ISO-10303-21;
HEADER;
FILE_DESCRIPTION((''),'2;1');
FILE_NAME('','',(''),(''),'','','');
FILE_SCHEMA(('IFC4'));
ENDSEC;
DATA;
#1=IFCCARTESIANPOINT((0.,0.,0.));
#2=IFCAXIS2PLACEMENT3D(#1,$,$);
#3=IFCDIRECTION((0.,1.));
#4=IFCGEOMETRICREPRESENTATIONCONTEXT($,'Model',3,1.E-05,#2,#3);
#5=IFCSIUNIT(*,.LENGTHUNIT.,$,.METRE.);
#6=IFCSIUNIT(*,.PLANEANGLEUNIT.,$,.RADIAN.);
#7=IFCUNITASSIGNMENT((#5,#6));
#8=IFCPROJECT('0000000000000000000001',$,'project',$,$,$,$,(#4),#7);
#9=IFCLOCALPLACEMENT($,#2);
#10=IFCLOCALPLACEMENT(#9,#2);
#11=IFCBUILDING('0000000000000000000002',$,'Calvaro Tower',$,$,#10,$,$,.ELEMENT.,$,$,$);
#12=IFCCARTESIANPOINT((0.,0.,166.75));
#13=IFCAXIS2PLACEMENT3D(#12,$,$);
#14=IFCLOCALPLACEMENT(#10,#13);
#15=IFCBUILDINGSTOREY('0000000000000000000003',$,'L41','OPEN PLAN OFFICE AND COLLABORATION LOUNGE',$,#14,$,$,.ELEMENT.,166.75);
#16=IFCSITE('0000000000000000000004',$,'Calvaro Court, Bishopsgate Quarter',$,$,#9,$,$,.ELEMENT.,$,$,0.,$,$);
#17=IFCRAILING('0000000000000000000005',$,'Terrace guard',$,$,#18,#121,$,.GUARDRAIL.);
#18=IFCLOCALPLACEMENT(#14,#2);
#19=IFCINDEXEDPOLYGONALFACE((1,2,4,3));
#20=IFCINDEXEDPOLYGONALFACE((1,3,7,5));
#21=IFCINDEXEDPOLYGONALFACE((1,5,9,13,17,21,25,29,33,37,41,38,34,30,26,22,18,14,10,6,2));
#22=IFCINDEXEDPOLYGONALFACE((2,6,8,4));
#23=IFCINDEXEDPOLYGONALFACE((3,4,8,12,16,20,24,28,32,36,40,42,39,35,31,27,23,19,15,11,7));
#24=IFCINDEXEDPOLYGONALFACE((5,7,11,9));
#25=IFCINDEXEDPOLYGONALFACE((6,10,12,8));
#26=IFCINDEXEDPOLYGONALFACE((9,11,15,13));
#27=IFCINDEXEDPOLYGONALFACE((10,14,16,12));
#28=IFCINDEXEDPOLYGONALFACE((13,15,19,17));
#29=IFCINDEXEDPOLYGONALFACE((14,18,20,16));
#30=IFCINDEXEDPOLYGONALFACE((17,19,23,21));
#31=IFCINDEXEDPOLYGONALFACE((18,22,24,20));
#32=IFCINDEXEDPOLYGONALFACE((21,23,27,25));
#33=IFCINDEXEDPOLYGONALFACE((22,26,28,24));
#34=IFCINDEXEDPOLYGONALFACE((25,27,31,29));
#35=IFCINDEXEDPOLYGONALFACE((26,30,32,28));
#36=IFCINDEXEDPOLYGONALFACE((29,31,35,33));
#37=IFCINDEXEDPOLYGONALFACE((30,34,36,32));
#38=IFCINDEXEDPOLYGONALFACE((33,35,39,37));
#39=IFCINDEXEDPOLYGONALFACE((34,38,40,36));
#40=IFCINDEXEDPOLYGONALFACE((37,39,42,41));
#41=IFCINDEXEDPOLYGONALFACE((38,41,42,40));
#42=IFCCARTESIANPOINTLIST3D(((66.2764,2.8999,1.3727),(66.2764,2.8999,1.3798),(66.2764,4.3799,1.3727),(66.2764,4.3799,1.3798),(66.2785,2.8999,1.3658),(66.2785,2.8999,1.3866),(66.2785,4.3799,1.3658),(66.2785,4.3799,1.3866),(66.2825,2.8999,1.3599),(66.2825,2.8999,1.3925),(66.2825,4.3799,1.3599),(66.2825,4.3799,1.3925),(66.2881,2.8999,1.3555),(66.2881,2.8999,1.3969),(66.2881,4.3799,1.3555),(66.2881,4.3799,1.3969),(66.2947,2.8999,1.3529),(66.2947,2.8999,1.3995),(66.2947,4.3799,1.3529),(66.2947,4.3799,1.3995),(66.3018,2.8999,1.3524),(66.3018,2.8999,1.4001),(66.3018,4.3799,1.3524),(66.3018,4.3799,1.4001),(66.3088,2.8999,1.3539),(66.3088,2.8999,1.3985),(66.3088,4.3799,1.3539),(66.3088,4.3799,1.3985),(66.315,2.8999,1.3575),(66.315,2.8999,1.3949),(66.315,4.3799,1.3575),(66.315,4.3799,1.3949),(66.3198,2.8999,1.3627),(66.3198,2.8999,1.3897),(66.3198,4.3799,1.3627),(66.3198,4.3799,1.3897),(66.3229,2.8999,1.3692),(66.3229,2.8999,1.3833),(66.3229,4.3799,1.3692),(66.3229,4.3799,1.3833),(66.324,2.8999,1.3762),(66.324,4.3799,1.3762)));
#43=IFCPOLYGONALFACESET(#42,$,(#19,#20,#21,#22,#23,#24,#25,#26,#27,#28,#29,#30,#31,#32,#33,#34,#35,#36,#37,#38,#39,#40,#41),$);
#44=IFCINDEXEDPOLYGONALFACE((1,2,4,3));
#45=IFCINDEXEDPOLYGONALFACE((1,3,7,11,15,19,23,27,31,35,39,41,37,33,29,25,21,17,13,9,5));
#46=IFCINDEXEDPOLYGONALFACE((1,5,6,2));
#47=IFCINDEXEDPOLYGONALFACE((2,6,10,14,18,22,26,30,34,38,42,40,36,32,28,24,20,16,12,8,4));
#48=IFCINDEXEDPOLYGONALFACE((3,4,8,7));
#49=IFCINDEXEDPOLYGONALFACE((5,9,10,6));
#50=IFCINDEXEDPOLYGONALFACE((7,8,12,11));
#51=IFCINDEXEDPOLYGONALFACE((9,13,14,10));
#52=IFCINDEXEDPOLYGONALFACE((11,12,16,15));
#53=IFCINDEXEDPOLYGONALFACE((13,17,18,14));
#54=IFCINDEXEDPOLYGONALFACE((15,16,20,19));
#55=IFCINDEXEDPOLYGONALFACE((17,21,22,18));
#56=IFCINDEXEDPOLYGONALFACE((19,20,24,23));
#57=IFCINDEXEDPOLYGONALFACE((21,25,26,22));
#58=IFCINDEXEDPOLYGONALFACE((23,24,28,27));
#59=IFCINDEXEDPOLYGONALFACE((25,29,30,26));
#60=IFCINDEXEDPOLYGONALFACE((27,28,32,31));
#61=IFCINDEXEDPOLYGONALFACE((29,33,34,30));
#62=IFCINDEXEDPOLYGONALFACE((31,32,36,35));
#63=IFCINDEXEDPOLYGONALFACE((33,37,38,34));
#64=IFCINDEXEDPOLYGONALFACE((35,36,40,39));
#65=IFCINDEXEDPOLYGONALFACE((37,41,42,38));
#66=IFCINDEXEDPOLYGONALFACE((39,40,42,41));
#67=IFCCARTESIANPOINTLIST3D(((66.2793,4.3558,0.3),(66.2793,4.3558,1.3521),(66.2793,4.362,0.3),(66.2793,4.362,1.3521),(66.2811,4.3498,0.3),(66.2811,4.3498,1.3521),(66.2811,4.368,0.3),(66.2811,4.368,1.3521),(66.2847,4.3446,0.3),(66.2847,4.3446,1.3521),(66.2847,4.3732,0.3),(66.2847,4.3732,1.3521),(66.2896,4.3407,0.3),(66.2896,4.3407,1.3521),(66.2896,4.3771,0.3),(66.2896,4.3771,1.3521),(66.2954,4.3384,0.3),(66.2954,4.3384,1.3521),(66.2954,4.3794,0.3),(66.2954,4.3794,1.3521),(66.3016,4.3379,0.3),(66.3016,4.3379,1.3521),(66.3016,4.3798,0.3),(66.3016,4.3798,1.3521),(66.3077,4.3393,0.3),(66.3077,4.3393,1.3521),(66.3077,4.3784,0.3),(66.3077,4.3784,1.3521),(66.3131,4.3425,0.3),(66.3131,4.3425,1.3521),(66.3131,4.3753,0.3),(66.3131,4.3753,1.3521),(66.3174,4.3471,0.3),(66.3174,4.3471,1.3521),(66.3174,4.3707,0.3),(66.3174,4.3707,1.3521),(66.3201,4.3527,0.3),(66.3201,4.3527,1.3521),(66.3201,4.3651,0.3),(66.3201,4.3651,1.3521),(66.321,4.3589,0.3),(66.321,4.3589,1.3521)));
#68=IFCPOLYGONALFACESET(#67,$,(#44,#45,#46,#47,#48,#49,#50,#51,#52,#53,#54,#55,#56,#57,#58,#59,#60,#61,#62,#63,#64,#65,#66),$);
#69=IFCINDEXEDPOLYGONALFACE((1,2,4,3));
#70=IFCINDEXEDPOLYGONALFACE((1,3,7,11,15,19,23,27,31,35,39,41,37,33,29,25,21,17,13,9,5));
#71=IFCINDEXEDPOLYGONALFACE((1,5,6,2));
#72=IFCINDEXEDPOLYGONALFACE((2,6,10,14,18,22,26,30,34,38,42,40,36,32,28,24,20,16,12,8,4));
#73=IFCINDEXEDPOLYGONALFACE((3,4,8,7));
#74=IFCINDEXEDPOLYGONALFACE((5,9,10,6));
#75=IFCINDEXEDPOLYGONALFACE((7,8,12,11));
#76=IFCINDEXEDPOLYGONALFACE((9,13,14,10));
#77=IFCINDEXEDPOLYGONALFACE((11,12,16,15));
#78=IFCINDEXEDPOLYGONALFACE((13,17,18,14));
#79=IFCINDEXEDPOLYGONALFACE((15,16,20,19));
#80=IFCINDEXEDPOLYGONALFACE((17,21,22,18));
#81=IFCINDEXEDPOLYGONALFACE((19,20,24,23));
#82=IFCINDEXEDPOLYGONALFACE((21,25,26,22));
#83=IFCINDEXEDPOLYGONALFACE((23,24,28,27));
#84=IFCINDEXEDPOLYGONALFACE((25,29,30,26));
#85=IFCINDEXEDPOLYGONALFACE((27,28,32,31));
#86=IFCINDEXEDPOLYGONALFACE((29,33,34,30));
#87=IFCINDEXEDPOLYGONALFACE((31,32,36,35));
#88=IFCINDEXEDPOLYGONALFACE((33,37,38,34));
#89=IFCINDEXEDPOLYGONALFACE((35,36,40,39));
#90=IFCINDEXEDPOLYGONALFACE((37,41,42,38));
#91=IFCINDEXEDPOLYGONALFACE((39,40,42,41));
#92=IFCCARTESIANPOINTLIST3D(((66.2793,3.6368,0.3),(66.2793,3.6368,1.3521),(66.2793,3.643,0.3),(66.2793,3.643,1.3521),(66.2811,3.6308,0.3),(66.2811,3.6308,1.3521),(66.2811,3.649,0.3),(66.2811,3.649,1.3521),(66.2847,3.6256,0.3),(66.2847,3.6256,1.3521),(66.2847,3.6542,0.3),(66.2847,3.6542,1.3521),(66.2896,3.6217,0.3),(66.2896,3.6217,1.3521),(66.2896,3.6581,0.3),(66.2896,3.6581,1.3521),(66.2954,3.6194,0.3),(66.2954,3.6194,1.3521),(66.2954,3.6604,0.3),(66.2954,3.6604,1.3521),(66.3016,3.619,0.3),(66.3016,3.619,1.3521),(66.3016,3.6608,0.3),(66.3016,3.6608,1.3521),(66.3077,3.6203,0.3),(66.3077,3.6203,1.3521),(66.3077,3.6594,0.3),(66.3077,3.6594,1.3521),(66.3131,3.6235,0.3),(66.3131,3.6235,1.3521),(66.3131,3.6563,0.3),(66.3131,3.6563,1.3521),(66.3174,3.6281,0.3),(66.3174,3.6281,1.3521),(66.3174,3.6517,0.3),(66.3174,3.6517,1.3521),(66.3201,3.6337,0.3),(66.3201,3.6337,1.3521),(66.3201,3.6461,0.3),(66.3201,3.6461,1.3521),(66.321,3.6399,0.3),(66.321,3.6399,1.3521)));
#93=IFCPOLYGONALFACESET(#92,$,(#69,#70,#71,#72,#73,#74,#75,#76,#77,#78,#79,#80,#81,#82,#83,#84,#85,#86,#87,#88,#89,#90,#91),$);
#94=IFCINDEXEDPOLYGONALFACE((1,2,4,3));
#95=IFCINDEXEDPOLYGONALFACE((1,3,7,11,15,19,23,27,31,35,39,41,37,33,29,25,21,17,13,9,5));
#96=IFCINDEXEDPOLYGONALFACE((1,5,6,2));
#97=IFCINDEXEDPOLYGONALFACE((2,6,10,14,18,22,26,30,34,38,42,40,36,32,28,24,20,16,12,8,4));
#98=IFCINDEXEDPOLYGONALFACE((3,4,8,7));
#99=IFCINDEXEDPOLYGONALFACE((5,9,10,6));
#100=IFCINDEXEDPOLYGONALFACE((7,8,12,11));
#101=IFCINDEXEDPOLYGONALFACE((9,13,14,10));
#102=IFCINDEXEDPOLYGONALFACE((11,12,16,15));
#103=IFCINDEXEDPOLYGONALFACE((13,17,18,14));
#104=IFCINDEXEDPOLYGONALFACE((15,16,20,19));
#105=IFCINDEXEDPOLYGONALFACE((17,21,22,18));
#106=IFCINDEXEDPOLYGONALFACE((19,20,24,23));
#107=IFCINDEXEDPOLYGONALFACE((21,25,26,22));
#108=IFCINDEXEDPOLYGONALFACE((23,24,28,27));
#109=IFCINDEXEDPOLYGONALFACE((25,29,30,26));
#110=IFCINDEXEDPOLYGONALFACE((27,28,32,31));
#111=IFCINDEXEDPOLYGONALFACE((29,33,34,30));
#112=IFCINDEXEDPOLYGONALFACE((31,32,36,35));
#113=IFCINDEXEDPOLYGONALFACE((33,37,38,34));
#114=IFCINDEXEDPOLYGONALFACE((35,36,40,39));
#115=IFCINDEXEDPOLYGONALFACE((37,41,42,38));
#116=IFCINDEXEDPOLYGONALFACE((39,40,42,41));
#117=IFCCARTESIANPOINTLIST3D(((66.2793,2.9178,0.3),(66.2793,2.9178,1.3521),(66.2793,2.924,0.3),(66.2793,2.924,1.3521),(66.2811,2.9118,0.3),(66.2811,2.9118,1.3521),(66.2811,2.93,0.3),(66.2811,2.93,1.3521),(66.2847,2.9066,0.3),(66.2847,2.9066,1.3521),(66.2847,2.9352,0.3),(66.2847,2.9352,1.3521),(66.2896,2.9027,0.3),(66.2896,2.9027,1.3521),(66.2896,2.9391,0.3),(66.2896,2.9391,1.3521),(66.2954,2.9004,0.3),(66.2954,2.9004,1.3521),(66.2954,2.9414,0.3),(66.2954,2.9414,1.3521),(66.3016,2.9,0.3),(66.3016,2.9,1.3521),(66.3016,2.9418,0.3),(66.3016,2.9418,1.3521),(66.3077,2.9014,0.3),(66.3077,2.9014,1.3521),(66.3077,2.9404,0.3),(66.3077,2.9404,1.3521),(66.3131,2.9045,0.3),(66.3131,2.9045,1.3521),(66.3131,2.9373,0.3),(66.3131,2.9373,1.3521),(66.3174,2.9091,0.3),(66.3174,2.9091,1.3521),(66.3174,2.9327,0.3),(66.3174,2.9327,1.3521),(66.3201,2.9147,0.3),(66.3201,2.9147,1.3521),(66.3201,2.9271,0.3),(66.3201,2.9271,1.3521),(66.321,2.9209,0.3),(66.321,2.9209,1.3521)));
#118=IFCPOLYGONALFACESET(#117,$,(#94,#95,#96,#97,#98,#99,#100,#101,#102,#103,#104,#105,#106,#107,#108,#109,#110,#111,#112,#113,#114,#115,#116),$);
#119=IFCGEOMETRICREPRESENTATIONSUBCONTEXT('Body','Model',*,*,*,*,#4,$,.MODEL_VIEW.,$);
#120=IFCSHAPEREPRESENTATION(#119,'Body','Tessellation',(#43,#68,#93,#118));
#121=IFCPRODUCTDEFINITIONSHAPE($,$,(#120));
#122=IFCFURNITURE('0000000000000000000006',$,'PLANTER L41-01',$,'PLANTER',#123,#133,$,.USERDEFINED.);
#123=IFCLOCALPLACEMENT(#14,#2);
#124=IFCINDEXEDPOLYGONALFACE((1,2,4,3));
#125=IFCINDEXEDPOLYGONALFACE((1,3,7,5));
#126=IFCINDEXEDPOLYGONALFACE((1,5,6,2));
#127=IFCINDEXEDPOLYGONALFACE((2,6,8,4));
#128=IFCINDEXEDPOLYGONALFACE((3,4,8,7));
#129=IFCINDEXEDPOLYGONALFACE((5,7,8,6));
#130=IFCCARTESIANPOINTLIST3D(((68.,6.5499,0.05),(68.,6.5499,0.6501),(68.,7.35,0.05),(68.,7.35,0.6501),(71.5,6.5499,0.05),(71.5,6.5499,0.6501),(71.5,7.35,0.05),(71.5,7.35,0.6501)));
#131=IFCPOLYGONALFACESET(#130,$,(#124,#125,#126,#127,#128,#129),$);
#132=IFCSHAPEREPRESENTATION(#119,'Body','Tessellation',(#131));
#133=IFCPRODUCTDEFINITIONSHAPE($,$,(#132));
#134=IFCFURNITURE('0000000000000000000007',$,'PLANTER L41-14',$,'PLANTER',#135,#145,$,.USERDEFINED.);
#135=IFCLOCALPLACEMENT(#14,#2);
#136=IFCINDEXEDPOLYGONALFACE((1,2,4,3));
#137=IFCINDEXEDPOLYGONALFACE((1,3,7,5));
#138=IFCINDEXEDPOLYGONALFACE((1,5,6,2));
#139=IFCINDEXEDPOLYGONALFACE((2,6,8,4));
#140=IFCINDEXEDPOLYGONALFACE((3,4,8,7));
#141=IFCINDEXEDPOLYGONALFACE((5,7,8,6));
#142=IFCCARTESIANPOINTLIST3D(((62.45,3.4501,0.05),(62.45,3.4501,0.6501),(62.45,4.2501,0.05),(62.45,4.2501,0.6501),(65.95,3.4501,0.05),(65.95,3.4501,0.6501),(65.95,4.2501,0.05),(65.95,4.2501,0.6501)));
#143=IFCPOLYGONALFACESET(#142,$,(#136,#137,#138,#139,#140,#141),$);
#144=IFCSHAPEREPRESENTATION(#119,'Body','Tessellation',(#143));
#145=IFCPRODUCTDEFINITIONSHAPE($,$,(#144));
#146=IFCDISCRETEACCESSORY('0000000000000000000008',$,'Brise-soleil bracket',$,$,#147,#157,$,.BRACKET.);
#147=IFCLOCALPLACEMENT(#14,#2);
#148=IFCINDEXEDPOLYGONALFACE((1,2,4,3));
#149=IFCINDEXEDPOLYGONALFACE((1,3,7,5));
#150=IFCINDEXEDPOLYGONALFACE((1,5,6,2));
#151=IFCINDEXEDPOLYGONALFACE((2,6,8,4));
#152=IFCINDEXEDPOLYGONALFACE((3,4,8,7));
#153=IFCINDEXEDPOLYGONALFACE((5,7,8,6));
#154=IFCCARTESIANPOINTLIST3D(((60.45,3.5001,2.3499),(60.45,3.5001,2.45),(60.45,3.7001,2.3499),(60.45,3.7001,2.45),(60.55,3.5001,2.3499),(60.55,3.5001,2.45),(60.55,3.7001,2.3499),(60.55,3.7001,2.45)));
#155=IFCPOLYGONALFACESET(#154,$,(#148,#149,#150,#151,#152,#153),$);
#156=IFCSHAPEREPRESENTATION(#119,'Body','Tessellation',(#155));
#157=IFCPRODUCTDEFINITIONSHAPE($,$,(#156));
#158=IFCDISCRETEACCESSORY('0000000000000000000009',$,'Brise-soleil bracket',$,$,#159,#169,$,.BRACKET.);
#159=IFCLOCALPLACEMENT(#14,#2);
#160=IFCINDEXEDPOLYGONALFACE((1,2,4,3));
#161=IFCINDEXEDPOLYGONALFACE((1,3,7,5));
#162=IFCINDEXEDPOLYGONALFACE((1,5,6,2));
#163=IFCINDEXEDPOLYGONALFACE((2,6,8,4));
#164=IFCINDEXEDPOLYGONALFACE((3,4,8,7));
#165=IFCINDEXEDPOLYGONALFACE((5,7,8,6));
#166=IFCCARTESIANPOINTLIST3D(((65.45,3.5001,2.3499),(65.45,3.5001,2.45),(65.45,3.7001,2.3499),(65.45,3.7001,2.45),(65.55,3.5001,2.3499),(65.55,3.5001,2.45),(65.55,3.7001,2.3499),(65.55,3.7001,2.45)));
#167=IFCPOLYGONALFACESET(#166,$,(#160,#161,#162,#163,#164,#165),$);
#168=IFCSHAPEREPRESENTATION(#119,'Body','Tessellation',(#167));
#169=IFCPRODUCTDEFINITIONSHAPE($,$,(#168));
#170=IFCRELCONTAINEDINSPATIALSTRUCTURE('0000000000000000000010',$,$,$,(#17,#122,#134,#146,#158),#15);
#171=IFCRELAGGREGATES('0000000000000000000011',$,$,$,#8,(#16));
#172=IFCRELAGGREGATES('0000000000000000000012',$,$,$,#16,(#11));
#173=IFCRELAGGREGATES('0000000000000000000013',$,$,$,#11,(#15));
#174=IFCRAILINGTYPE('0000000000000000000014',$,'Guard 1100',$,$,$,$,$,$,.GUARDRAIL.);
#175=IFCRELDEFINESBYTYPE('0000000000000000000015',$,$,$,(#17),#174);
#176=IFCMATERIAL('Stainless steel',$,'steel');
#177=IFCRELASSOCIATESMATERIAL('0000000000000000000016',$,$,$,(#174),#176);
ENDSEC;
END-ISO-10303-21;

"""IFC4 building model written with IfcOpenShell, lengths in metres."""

from ifc_helpers import new_model, si_unit, direction, frame, origin, origin_2d, place, context, subcontext, project, spatial, rectangle, circle, extrude, material, type_object, element, save


model = new_model("IFC4")

# Units and contexts
model_context = context("Model", 3, precision=1e-05, world=origin(), true_north=direction((0.0, 1.0)))
body_context = subcontext(model_context, "Body", "Model", "MODEL_VIEW")
ifc_project = project(units=[si_unit("LENGTHUNIT", "METRE"), si_unit("PLANEANGLEUNIT", "RADIAN")], contexts=[model_context])

# Site, building, storey
site_placement = place(None, origin())
site = spatial("IfcSite", under=ifc_project, at=site_placement, Name="Calvaro Court, Bishopsgate Quarter", CompositionType="ELEMENT", RefElevation=0.0)
building_placement = place(site_placement, origin())
building = spatial("IfcBuilding", under=site, at=building_placement, Name="Calvaro Tower", CompositionType="ELEMENT")
storey_placement = place(building_placement, frame((0.0, 0.0, 166.75)))
storey = spatial("IfcBuildingStorey", under=building, at=storey_placement, Name="L41", Description="OPEN PLAN OFFICE AND COLLABORATION LOUNGE", CompositionType="ELEMENT", Elevation=166.75)

# Railing
ifc_material_1 = material(Name="Stainless steel", Category="steel")
railing_type = type_object("IfcRailingType", Name="Guard 1100", PredefinedType="GUARDRAIL", material=ifc_material_1)
railing_1_placement = place(storey_placement, frame((66.3, 4.3799, 0.3)))
element("IfcRailing", 1, at=railing_1_placement, inside=storey, type_object=railing_type, Name="Terrace guard", PredefinedType="GUARDRAIL", context=body_context, shape_type="SweptSolid", body=[
    extrude(circle(Radius=0.0239, at=origin_2d()), frame((0.0, 0.0, 1.0762), z_axis=(0.0, -1.0, 0.0), x_axis=(1.0, 0.0, 0.0)), (0.0, 0.0, 1.0), 1.48),
    extrude(circle(Radius=0.021, at=origin_2d()), frame((0.0, -0.021, 0.0)), (0.0, 0.0, 1.0), 1.052),
    extrude(circle(Radius=0.021, at=origin_2d()), frame((0.0, -0.74, 0.0)), (0.0, 0.0, 1.0), 1.052),
    extrude(circle(Radius=0.021, at=origin_2d()), frame((0.0, -1.459, 0.0)), (0.0, 0.0, 1.0), 1.052),
])

# Furniture
for number, where, z_axis, x_axis, name in (
    (2, (69.75, 6.95, 0.05), (0.0, 0.0, 1.0), (1.0, 0.0, 0.0), "PLANTER L41-01"),
    (3, (64.2, 3.8501, 0.05), (0.0, 0.0, 1.0), (1.0, 0.0, 0.0), "PLANTER L41-14"),
):
    element("IfcFurniture", number, at=place(storey_placement, frame(where, z_axis=z_axis, x_axis=x_axis)), inside=storey, Name=name, ObjectType="PLANTER", PredefinedType="USERDEFINED", context=body_context, shape_type="SweptSolid", body=[
        extrude(rectangle(XDim=3.5, YDim=0.8, at=origin_2d()), origin(), (0.0, 0.0, 1.0), 0.6001),
    ])

# Discrete accessories
for number, where, z_axis, x_axis, name in (
    (4, (60.5, 3.6001, 2.3499), (0.0, 0.0, 1.0), (1.0, 0.0, 0.0), "Brise-soleil bracket"),
    (5, (65.5, 3.6001, 2.3499), (0.0, 0.0, 1.0), (1.0, 0.0, 0.0), "Brise-soleil bracket"),
):
    element("IfcDiscreteAccessory", number, at=place(storey_placement, frame(where, z_axis=z_axis, x_axis=x_axis)), inside=storey, Name=name, PredefinedType="BRACKET", context=body_context, shape_type="SweptSolid", body=[
        extrude(rectangle(XDim=0.1001, YDim=0.2, at=origin_2d()), origin(), (0.0, 0.0, 1.0), 0.1001),
    ])

save(model, "model.ifc")
